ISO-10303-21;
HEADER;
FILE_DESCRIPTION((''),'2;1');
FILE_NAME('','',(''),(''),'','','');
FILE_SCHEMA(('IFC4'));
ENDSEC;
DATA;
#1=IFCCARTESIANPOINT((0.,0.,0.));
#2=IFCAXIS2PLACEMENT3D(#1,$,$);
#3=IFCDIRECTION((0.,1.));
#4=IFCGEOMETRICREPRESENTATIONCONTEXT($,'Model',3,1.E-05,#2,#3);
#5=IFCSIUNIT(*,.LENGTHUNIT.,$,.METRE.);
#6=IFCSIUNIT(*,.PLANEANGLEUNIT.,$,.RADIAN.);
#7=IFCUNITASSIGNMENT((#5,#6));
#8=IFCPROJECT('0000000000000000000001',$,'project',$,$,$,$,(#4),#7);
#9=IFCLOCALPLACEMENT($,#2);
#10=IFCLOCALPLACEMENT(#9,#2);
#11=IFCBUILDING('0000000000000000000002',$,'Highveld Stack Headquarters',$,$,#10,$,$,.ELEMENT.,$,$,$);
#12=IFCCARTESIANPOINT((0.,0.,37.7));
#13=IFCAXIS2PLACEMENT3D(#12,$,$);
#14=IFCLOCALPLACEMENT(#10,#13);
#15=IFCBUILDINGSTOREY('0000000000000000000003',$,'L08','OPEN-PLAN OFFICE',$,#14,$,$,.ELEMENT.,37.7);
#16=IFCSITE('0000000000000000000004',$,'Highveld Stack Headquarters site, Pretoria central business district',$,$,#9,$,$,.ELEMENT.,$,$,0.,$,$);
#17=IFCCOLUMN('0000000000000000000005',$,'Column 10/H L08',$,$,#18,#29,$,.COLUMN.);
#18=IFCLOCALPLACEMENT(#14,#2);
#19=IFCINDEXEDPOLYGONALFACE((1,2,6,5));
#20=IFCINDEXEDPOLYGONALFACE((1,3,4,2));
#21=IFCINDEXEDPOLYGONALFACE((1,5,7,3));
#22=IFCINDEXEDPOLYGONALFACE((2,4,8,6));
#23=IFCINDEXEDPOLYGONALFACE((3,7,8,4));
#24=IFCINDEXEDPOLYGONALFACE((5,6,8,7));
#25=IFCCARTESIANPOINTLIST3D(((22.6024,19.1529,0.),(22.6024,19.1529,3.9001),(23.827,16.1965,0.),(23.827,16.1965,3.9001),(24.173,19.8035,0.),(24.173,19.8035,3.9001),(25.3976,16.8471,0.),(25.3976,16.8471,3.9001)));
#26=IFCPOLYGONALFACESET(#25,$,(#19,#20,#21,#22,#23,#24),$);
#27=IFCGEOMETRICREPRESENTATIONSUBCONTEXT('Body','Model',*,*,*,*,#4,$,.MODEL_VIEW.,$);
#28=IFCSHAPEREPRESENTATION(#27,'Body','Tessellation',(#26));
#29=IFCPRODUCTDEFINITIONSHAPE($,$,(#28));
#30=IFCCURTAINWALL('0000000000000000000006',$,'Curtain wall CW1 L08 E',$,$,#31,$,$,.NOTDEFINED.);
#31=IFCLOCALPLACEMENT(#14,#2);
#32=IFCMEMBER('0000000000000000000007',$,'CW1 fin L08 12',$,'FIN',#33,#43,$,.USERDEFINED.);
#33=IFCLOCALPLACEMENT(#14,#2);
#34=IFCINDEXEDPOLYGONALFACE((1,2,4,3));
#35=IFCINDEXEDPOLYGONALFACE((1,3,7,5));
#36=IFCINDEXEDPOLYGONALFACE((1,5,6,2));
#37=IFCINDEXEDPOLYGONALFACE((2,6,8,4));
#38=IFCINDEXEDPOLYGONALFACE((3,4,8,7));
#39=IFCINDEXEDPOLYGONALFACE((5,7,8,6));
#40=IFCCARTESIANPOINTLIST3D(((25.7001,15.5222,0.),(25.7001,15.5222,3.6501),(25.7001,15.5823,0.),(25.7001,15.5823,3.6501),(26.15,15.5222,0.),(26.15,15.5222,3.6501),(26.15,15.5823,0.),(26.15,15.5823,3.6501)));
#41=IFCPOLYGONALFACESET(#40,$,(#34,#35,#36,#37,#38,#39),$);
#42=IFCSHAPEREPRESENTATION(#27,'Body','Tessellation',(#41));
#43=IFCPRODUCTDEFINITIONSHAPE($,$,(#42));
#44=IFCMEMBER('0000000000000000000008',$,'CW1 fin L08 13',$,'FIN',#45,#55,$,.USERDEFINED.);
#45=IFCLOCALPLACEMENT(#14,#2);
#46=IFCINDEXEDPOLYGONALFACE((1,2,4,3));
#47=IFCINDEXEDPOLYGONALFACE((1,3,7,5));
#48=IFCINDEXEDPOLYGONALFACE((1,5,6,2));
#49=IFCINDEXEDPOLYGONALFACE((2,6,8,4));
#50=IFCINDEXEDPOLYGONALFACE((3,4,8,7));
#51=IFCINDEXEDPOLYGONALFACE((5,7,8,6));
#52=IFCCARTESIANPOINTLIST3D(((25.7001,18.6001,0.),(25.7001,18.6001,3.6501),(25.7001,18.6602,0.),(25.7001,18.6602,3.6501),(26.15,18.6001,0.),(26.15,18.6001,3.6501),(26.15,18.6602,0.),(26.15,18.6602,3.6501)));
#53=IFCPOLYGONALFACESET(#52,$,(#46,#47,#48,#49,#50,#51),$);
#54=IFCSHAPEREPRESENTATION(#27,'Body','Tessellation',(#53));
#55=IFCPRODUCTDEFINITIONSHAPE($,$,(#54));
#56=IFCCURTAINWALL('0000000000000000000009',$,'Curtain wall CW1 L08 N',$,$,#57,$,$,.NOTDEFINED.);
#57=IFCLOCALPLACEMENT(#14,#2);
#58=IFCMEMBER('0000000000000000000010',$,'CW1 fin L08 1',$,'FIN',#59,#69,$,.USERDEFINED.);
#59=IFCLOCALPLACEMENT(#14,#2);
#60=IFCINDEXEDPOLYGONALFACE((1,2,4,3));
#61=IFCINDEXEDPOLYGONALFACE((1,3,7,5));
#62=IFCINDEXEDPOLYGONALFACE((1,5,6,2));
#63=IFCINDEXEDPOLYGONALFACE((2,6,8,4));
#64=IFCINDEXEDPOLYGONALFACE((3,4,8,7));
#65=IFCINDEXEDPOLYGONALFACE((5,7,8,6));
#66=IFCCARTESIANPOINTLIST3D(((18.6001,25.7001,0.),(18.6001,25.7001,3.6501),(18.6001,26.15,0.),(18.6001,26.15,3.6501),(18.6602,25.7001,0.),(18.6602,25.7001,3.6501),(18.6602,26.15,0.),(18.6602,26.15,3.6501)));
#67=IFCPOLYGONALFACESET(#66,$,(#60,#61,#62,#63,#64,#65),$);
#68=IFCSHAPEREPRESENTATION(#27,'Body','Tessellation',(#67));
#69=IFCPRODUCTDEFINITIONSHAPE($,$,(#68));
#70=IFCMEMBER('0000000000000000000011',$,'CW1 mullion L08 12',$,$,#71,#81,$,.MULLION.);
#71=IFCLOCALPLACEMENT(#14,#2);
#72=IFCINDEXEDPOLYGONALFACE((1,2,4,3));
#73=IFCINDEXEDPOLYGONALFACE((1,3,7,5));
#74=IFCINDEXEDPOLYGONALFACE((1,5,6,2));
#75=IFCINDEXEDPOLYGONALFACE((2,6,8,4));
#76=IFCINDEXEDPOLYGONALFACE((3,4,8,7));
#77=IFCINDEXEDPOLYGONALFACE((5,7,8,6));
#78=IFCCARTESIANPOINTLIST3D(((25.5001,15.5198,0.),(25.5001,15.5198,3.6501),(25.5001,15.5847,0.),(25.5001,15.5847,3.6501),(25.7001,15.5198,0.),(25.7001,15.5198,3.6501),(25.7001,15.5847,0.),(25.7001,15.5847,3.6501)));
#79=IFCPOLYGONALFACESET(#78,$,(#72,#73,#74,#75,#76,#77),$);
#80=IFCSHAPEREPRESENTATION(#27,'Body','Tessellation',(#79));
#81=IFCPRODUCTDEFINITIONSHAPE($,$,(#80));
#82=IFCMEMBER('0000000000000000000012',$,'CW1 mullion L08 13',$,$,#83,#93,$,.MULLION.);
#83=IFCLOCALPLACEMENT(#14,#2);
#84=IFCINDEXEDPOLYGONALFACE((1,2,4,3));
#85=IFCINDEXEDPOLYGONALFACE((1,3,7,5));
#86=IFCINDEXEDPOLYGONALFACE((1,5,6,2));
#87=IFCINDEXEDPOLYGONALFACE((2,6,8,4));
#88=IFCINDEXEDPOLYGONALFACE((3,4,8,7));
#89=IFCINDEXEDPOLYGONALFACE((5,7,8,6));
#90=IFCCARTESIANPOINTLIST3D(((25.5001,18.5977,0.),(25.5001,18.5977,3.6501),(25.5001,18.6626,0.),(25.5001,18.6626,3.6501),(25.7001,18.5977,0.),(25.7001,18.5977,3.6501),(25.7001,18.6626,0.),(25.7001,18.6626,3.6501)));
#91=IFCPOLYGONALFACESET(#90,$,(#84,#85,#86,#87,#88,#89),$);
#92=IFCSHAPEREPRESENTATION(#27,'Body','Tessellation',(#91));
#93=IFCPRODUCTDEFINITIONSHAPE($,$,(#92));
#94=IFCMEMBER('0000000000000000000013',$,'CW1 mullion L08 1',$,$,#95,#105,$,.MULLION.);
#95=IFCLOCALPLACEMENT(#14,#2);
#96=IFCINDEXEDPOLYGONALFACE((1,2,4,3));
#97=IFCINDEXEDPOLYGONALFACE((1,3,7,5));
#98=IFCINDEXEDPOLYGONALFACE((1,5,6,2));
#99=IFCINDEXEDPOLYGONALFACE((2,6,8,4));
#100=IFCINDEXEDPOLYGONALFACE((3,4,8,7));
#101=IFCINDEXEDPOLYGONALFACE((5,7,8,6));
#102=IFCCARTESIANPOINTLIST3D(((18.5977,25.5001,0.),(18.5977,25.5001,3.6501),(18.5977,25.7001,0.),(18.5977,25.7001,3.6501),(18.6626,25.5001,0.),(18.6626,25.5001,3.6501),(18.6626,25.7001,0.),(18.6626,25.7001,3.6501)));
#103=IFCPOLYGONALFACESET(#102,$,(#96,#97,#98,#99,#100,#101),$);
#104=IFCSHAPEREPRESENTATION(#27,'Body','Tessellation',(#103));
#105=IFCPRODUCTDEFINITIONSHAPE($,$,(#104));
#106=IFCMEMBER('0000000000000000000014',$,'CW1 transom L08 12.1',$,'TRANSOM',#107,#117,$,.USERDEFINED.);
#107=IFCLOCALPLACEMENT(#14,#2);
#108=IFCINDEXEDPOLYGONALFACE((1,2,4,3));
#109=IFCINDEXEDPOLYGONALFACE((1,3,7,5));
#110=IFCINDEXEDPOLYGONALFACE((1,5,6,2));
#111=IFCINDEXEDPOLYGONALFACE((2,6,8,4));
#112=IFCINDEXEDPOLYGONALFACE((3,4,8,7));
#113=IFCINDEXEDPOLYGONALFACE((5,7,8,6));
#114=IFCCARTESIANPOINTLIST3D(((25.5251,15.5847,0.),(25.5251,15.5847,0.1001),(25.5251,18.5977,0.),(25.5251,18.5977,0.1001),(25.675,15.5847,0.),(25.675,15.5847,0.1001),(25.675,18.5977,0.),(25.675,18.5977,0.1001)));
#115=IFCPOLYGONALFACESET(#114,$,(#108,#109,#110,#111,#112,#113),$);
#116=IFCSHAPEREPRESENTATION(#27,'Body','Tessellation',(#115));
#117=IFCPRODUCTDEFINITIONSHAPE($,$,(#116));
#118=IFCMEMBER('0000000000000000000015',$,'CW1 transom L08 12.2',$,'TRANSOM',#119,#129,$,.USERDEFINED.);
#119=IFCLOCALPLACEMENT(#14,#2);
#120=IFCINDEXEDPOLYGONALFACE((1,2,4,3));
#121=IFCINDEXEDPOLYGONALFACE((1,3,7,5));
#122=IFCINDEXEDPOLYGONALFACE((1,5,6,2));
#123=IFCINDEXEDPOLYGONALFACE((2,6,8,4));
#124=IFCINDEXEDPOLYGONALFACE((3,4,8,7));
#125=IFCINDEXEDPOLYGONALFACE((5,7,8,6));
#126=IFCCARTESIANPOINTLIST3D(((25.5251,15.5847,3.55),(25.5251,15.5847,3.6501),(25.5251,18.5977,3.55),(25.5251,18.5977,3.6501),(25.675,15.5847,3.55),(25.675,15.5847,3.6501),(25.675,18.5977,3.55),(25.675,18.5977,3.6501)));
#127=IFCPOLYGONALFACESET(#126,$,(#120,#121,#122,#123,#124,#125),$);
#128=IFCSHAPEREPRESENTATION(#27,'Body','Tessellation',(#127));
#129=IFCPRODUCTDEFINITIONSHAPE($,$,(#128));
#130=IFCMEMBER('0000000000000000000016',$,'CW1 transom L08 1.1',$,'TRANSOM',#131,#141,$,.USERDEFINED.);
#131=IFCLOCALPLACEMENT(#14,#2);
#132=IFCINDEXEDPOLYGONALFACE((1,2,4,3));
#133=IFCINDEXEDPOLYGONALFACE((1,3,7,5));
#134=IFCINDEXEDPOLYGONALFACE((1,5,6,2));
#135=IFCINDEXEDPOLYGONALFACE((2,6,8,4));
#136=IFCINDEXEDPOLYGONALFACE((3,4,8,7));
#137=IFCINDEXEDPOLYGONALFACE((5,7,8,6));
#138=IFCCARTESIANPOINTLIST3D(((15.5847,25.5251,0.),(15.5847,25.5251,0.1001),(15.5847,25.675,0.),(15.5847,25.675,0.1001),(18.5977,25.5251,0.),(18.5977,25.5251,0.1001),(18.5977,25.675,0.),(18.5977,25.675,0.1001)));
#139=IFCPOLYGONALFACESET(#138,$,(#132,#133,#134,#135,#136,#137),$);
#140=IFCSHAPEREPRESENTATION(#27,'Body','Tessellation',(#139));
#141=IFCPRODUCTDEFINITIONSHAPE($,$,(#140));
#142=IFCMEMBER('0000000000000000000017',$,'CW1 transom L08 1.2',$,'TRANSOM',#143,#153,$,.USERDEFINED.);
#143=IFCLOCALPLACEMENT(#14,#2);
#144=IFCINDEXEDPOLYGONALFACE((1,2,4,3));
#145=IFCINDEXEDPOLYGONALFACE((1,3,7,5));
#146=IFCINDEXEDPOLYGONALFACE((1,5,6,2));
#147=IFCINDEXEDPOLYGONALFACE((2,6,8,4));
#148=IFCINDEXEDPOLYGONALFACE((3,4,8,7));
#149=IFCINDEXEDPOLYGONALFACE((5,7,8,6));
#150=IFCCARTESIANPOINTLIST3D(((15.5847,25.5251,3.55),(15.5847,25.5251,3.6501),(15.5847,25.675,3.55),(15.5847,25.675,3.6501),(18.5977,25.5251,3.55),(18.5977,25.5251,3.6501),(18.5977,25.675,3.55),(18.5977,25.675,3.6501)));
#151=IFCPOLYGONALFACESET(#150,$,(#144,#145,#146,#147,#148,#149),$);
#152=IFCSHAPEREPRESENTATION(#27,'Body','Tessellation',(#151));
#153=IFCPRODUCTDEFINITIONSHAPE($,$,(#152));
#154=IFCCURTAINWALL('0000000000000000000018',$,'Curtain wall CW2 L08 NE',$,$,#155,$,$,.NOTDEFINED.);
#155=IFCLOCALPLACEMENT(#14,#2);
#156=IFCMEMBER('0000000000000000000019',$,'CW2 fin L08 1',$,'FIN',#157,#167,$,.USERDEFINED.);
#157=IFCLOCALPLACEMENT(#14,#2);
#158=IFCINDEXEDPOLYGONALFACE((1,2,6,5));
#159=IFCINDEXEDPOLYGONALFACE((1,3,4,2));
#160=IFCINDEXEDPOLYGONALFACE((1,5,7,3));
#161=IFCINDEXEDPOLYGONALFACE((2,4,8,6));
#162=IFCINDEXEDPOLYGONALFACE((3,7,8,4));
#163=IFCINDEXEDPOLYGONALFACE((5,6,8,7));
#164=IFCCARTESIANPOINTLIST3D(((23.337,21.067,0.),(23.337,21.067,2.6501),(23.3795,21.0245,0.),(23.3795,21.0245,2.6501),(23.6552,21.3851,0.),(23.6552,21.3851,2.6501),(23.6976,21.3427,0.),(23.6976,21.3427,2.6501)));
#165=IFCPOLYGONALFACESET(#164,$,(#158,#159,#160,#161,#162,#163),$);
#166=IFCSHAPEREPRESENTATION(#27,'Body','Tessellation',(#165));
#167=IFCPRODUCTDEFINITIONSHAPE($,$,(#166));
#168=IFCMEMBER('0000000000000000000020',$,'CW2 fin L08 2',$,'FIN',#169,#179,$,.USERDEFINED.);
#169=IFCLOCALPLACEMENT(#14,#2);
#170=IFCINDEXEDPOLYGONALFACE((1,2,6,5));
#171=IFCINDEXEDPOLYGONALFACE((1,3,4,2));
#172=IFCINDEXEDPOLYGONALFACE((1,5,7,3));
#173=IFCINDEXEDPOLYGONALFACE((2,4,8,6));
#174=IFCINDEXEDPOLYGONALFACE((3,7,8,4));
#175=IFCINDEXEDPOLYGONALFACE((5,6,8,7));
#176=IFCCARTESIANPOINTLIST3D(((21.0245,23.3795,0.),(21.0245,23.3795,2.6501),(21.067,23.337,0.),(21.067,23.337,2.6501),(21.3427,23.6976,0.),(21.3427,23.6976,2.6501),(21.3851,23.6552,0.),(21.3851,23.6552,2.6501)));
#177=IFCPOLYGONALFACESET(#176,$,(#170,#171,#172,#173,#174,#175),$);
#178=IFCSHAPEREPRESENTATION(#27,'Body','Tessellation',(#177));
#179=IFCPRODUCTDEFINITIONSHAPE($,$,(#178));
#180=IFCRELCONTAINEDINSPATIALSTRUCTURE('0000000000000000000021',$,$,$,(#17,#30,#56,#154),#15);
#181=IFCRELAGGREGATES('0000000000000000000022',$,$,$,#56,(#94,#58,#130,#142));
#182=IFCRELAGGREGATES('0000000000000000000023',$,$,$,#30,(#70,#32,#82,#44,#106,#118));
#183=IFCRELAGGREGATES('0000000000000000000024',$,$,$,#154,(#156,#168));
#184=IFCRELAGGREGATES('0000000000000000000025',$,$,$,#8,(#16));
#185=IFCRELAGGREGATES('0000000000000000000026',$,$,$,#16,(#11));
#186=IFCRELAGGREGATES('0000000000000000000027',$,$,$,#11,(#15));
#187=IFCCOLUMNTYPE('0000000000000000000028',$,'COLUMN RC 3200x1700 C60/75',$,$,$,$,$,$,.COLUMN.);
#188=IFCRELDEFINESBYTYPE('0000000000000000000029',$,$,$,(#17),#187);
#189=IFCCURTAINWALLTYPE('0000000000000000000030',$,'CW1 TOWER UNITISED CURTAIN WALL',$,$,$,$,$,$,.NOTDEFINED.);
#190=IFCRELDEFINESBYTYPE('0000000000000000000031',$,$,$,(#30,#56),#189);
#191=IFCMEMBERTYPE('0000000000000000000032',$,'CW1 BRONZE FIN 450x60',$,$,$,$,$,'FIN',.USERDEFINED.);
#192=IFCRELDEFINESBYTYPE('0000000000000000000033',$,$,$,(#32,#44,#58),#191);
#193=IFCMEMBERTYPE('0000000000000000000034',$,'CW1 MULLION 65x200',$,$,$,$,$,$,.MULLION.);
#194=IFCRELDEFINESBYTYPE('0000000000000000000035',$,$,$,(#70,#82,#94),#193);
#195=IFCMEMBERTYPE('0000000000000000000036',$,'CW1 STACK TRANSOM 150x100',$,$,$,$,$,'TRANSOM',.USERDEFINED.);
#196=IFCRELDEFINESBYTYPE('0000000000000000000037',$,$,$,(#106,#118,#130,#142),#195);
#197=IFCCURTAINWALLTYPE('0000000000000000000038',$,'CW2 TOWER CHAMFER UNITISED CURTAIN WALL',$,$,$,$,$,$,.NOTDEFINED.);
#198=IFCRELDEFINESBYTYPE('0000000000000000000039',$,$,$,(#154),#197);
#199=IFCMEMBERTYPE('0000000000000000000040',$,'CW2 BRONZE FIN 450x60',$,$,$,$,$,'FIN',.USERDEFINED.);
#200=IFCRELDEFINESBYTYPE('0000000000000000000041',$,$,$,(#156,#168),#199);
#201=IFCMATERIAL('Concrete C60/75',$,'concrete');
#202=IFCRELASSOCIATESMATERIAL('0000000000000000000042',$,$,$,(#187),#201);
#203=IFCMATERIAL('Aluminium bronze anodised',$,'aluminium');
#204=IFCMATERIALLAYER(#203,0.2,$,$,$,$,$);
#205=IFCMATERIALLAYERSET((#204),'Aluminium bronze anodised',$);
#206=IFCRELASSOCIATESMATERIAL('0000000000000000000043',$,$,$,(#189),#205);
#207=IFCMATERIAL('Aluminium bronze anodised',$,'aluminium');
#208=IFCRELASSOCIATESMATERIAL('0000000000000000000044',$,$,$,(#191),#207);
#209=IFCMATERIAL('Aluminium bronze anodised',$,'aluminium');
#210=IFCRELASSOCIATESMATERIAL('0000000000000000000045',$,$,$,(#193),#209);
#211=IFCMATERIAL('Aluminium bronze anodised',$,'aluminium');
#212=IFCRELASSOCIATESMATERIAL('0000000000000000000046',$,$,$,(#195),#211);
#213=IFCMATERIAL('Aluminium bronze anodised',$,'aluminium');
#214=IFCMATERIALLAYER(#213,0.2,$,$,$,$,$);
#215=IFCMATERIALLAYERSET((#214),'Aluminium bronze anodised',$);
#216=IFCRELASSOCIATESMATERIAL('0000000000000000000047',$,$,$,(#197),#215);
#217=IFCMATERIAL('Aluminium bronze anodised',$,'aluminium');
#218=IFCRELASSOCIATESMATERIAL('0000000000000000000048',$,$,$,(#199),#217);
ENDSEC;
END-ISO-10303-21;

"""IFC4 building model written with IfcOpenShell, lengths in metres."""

from ifc_helpers import new_model, si_unit, direction, frame, origin, origin_2d, place, context, subcontext, project, spatial, rectangle, extrude, material, layer, layer_set, material_profile, profile_set, type_object, element, aggregate, save


model = new_model("IFC4")

# Units and contexts
model_context = context("Model", 3, precision=1e-05, world=origin(), true_north=direction((0.0, 1.0)))
body_context = subcontext(model_context, "Body", "Model", "MODEL_VIEW")
ifc_project = project(units=[si_unit("LENGTHUNIT", "METRE"), si_unit("PLANEANGLEUNIT", "RADIAN")], contexts=[model_context])

# Site, building, storey
site_placement = place(None, origin())
site = spatial("IfcSite", under=ifc_project, at=site_placement, Name="Highveld Stack Headquarters site, Pretoria central business district", CompositionType="ELEMENT", RefElevation=0.0)
building_placement = place(site_placement, origin())
building = spatial("IfcBuilding", under=site, at=building_placement, Name="Highveld Stack Headquarters", CompositionType="ELEMENT")
storey_placement = place(building_placement, frame((0.0, 0.0, 37.7)))
storey = spatial("IfcBuildingStorey", under=building, at=storey_placement, Name="L08", Description="OPEN-PLAN OFFICE", CompositionType="ELEMENT", Elevation=37.7)

# Column
ifc_material_1 = material(Name="Concrete C60/75", Category="concrete")
ifc_material_profile_1 = material_profile(ifc_material_1, rectangle(XDim=3.2, YDim=1.7, at=origin_2d()), Name="RC 3200x1700")
ifc_profile_set_1 = profile_set([ifc_material_profile_1], Name="Concrete C60/75")
column_type = type_object("IfcColumnType", Name="COLUMN RC 3200x1700 C60/75", PredefinedType="COLUMN", material=ifc_profile_set_1)
column_placement = place(storey_placement, frame((24.0, 18.0, 0.0), z_axis=(0.0, 0.0, 1.0), x_axis=(0.382683, -0.92388, 0.0)))
element("IfcColumn", 1, at=column_placement, inside=storey, type_object=column_type, Name="Column 10/H L08", PredefinedType="COLUMN", context=body_context, shape_type="SweptSolid", body=[
    extrude(rectangle(XDim=3.2, YDim=1.7, at=origin_2d()), origin(), (0.0, 0.0, 1.0), 3.9001),
])

# Curtain wall, members
ifc_material_2 = material(Name="Aluminium bronze anodised", Category="aluminium")
ifc_layer_1 = layer(ifc_material_2, 0.2)
ifc_layer_set_1 = layer_set([ifc_layer_1], Name="Aluminium bronze anodised")
curtain_wall_type_1 = type_object("IfcCurtainWallType", Name="CW1 TOWER UNITISED CURTAIN WALL", PredefinedType="NOTDEFINED", material=ifc_layer_set_1)
curtain_wall_1_placement = place(storey_placement, origin())
curtain_wall_1 = element("IfcCurtainWall", 2, at=curtain_wall_1_placement, inside=storey, type_object=curtain_wall_type_1, Name="Curtain wall CW1 L08 E", PredefinedType="NOTDEFINED")
ifc_material_3 = material(Name="Aluminium bronze anodised", Category="aluminium")
ifc_material_profile_2 = material_profile(ifc_material_3, rectangle(XDim=0.45, YDim=0.0601, at=origin_2d()), Name="FIN 450x60")
ifc_profile_set_2 = profile_set([ifc_material_profile_2], Name="Aluminium bronze anodised")
member_type_1 = type_object("IfcMemberType", Name="CW1 BRONZE FIN 450x60", ElementType="FIN", PredefinedType="USERDEFINED", material=ifc_profile_set_2)
member_1_placement = place(storey_placement, frame((25.925, 15.5522, 0.0), z_axis=(0.0, 0.0, 1.0), x_axis=(-1.0, 0.0, 0.0)))
member_1 = element("IfcMember", 3, at=member_1_placement, type_object=member_type_1, Name="CW1 fin L08 12", ObjectType="FIN", PredefinedType="USERDEFINED", context=body_context, shape_type="SweptSolid", body=[
    extrude(rectangle(XDim=0.45, YDim=0.0601, at=origin_2d()), origin(), (0.0, 0.0, 1.0), 3.6501),
])
member_2_placement = place(storey_placement, frame((25.925, 18.6301, 0.0), z_axis=(0.0, 0.0, 1.0), x_axis=(-1.0, 0.0, 0.0)))
member_2 = element("IfcMember", 4, at=member_2_placement, type_object=member_type_1, Name="CW1 fin L08 13", ObjectType="FIN", PredefinedType="USERDEFINED", context=body_context, shape_type="SweptSolid", body=[
    extrude(rectangle(XDim=0.45, YDim=0.0601, at=origin_2d()), origin(), (0.0, 0.0, 1.0), 3.6501),
])

# Curtain wall, member
curtain_wall_2_placement = place(storey_placement, origin())
curtain_wall_2 = element("IfcCurtainWall", 5, at=curtain_wall_2_placement, inside=storey, type_object=curtain_wall_type_1, Name="Curtain wall CW1 L08 N", PredefinedType="NOTDEFINED")
member_3_placement = place(storey_placement, frame((18.6301, 25.925, 0.0), z_axis=(0.0, 0.0, 1.0), x_axis=(0.0, -1.0, 0.0)))
member_3 = element("IfcMember", 6, at=member_3_placement, type_object=member_type_1, Name="CW1 fin L08 1", ObjectType="FIN", PredefinedType="USERDEFINED", context=body_context, shape_type="SweptSolid", body=[
    extrude(rectangle(XDim=0.45, YDim=0.0601, at=origin_2d()), origin(), (0.0, 0.0, 1.0), 3.6501),
])

# Members
ifc_material_4 = material(Name="Aluminium bronze anodised", Category="aluminium")
ifc_material_profile_3 = material_profile(ifc_material_4, rectangle(XDim=0.2, YDim=0.0649, at=origin_2d()), Name="CW1 MULLION 65x200")
ifc_profile_set_3 = profile_set([ifc_material_profile_3], Name="Aluminium bronze anodised")
member_type_2 = type_object("IfcMemberType", Name="CW1 MULLION 65x200", PredefinedType="MULLION", material=ifc_profile_set_3)
member_4_placement = place(storey_placement, frame((25.6001, 15.5522, 0.0), z_axis=(0.0, 0.0, 1.0), x_axis=(-1.0, 0.0, 0.0)))
member_4 = element("IfcMember", 7, at=member_4_placement, type_object=member_type_2, Name="CW1 mullion L08 12", PredefinedType="MULLION", context=body_context, shape_type="SweptSolid", body=[
    extrude(rectangle(XDim=0.2, YDim=0.0649, at=origin_2d()), origin(), (0.0, 0.0, 1.0), 3.6501),
])
member_5_placement = place(storey_placement, frame((25.6001, 18.6301, 0.0), z_axis=(0.0, 0.0, 1.0), x_axis=(-1.0, 0.0, 0.0)))
member_5 = element("IfcMember", 8, at=member_5_placement, type_object=member_type_2, Name="CW1 mullion L08 13", PredefinedType="MULLION", context=body_context, shape_type="SweptSolid", body=[
    extrude(rectangle(XDim=0.2, YDim=0.0649, at=origin_2d()), origin(), (0.0, 0.0, 1.0), 3.6501),
])
member_6_placement = place(storey_placement, frame((18.6301, 25.6001, 0.0), z_axis=(0.0, 0.0, 1.0), x_axis=(0.0, -1.0, 0.0)))
member_6 = element("IfcMember", 9, at=member_6_placement, type_object=member_type_2, Name="CW1 mullion L08 1", PredefinedType="MULLION", context=body_context, shape_type="SweptSolid", body=[
    extrude(rectangle(XDim=0.2, YDim=0.0649, at=origin_2d()), origin(), (0.0, 0.0, 1.0), 3.6501),
])
ifc_material_5 = material(Name="Aluminium bronze anodised", Category="aluminium")
ifc_material_profile_4 = material_profile(ifc_material_5, rectangle(XDim=0.1499, YDim=0.1001, at=origin_2d()), Name="CW1 TRANSOM 150x100")
ifc_profile_set_4 = profile_set([ifc_material_profile_4], Name="Aluminium bronze anodised")
member_type_3 = type_object("IfcMemberType", Name="CW1 STACK TRANSOM 150x100", ElementType="TRANSOM", PredefinedType="USERDEFINED", material=ifc_profile_set_4)
member_7_placement = place(storey_placement, frame((25.6001, 15.5847, 0.05), z_axis=(0.0, 1.0, 0.0), x_axis=(-1.0, 0.0, 0.0)))
member_7 = element("IfcMember", 10, at=member_7_placement, type_object=member_type_3, Name="CW1 transom L08 12.1", ObjectType="TRANSOM", PredefinedType="USERDEFINED", context=body_context, shape_type="SweptSolid", body=[
    extrude(rectangle(XDim=0.1499, YDim=0.1001, at=origin_2d()), origin(), (0.0, 0.0, 1.0), 3.0129),
])
member_8_placement = place(storey_placement, frame((25.6001, 15.5847, 3.6001), z_axis=(0.0, 1.0, 0.0), x_axis=(-1.0, 0.0, 0.0)))
member_8 = element("IfcMember", 11, at=member_8_placement, type_object=member_type_3, Name="CW1 transom L08 12.2", ObjectType="TRANSOM", PredefinedType="USERDEFINED", context=body_context, shape_type="SweptSolid", body=[
    extrude(rectangle(XDim=0.1499, YDim=0.1001, at=origin_2d()), origin(), (0.0, 0.0, 1.0), 3.0129),
])
member_9_placement = place(storey_placement, frame((18.5977, 25.6001, 0.05), z_axis=(-1.0, 0.0, 0.0), x_axis=(0.0, -1.0, 0.0)))
member_9 = element("IfcMember", 12, at=member_9_placement, type_object=member_type_3, Name="CW1 transom L08 1.1", ObjectType="TRANSOM", PredefinedType="USERDEFINED", context=body_context, shape_type="SweptSolid", body=[
    extrude(rectangle(XDim=0.1499, YDim=0.1001, at=origin_2d()), origin(), (0.0, 0.0, 1.0), 3.0129),
])
member_10_placement = place(storey_placement, frame((18.5977, 25.6001, 3.6001), z_axis=(-1.0, 0.0, 0.0), x_axis=(0.0, -1.0, 0.0)))
member_10 = element("IfcMember", 13, at=member_10_placement, type_object=member_type_3, Name="CW1 transom L08 1.2", ObjectType="TRANSOM", PredefinedType="USERDEFINED", context=body_context, shape_type="SweptSolid", body=[
    extrude(rectangle(XDim=0.1499, YDim=0.1001, at=origin_2d()), origin(), (0.0, 0.0, 1.0), 3.0129),
])
aggregate(curtain_wall_2, [member_6, member_3, member_9, member_10])

# Curtain wall, members
ifc_material_6 = material(Name="Aluminium bronze anodised", Category="aluminium")
ifc_layer_2 = layer(ifc_material_6, 0.2)
ifc_layer_set_2 = layer_set([ifc_layer_2], Name="Aluminium bronze anodised")
curtain_wall_type_2 = type_object("IfcCurtainWallType", Name="CW2 TOWER CHAMFER UNITISED CURTAIN WALL", PredefinedType="NOTDEFINED", material=ifc_layer_set_2)
curtain_wall_3_placement = place(storey_placement, origin())
curtain_wall_3 = element("IfcCurtainWall", 14, at=curtain_wall_3_placement, inside=storey, type_object=curtain_wall_type_2, Name="Curtain wall CW2 L08 NE", PredefinedType="NOTDEFINED")
ifc_material_7 = material(Name="Aluminium bronze anodised", Category="aluminium")
ifc_material_profile_5 = material_profile(ifc_material_7, rectangle(XDim=0.45, YDim=0.0601, at=origin_2d()), Name="FIN 450x60")
ifc_profile_set_5 = profile_set([ifc_material_profile_5], Name="Aluminium bronze anodised")
member_type_4 = type_object("IfcMemberType", Name="CW2 BRONZE FIN 450x60", ElementType="FIN", PredefinedType="USERDEFINED", material=ifc_profile_set_5)
member_11_placement = place(storey_placement, frame((23.5173, 21.2048, 0.0), z_axis=(0.0, 0.0, 1.0), x_axis=(-0.707107, -0.707107, 0.0)))
member_11 = element("IfcMember", 15, at=member_11_placement, type_object=member_type_4, Name="CW2 fin L08 1", ObjectType="FIN", PredefinedType="USERDEFINED", context=body_context, shape_type="SweptSolid", body=[
    extrude(rectangle(XDim=0.45, YDim=0.0601, at=origin_2d()), origin(), (0.0, 0.0, 1.0), 2.6501),
])
member_12_placement = place(storey_placement, frame((21.2048, 23.5173, 0.0), z_axis=(0.0, 0.0, 1.0), x_axis=(-0.707107, -0.707107, 0.0)))
member_12 = element("IfcMember", 16, at=member_12_placement, type_object=member_type_4, Name="CW2 fin L08 2", ObjectType="FIN", PredefinedType="USERDEFINED", context=body_context, shape_type="SweptSolid", body=[
    extrude(rectangle(XDim=0.45, YDim=0.0601, at=origin_2d()), origin(), (0.0, 0.0, 1.0), 2.6501),
])

aggregate(curtain_wall_1, [member_4, member_1, member_5, member_2, member_7, member_8])
aggregate(curtain_wall_3, [member_11, member_12])

save(model, "model.ifc")
